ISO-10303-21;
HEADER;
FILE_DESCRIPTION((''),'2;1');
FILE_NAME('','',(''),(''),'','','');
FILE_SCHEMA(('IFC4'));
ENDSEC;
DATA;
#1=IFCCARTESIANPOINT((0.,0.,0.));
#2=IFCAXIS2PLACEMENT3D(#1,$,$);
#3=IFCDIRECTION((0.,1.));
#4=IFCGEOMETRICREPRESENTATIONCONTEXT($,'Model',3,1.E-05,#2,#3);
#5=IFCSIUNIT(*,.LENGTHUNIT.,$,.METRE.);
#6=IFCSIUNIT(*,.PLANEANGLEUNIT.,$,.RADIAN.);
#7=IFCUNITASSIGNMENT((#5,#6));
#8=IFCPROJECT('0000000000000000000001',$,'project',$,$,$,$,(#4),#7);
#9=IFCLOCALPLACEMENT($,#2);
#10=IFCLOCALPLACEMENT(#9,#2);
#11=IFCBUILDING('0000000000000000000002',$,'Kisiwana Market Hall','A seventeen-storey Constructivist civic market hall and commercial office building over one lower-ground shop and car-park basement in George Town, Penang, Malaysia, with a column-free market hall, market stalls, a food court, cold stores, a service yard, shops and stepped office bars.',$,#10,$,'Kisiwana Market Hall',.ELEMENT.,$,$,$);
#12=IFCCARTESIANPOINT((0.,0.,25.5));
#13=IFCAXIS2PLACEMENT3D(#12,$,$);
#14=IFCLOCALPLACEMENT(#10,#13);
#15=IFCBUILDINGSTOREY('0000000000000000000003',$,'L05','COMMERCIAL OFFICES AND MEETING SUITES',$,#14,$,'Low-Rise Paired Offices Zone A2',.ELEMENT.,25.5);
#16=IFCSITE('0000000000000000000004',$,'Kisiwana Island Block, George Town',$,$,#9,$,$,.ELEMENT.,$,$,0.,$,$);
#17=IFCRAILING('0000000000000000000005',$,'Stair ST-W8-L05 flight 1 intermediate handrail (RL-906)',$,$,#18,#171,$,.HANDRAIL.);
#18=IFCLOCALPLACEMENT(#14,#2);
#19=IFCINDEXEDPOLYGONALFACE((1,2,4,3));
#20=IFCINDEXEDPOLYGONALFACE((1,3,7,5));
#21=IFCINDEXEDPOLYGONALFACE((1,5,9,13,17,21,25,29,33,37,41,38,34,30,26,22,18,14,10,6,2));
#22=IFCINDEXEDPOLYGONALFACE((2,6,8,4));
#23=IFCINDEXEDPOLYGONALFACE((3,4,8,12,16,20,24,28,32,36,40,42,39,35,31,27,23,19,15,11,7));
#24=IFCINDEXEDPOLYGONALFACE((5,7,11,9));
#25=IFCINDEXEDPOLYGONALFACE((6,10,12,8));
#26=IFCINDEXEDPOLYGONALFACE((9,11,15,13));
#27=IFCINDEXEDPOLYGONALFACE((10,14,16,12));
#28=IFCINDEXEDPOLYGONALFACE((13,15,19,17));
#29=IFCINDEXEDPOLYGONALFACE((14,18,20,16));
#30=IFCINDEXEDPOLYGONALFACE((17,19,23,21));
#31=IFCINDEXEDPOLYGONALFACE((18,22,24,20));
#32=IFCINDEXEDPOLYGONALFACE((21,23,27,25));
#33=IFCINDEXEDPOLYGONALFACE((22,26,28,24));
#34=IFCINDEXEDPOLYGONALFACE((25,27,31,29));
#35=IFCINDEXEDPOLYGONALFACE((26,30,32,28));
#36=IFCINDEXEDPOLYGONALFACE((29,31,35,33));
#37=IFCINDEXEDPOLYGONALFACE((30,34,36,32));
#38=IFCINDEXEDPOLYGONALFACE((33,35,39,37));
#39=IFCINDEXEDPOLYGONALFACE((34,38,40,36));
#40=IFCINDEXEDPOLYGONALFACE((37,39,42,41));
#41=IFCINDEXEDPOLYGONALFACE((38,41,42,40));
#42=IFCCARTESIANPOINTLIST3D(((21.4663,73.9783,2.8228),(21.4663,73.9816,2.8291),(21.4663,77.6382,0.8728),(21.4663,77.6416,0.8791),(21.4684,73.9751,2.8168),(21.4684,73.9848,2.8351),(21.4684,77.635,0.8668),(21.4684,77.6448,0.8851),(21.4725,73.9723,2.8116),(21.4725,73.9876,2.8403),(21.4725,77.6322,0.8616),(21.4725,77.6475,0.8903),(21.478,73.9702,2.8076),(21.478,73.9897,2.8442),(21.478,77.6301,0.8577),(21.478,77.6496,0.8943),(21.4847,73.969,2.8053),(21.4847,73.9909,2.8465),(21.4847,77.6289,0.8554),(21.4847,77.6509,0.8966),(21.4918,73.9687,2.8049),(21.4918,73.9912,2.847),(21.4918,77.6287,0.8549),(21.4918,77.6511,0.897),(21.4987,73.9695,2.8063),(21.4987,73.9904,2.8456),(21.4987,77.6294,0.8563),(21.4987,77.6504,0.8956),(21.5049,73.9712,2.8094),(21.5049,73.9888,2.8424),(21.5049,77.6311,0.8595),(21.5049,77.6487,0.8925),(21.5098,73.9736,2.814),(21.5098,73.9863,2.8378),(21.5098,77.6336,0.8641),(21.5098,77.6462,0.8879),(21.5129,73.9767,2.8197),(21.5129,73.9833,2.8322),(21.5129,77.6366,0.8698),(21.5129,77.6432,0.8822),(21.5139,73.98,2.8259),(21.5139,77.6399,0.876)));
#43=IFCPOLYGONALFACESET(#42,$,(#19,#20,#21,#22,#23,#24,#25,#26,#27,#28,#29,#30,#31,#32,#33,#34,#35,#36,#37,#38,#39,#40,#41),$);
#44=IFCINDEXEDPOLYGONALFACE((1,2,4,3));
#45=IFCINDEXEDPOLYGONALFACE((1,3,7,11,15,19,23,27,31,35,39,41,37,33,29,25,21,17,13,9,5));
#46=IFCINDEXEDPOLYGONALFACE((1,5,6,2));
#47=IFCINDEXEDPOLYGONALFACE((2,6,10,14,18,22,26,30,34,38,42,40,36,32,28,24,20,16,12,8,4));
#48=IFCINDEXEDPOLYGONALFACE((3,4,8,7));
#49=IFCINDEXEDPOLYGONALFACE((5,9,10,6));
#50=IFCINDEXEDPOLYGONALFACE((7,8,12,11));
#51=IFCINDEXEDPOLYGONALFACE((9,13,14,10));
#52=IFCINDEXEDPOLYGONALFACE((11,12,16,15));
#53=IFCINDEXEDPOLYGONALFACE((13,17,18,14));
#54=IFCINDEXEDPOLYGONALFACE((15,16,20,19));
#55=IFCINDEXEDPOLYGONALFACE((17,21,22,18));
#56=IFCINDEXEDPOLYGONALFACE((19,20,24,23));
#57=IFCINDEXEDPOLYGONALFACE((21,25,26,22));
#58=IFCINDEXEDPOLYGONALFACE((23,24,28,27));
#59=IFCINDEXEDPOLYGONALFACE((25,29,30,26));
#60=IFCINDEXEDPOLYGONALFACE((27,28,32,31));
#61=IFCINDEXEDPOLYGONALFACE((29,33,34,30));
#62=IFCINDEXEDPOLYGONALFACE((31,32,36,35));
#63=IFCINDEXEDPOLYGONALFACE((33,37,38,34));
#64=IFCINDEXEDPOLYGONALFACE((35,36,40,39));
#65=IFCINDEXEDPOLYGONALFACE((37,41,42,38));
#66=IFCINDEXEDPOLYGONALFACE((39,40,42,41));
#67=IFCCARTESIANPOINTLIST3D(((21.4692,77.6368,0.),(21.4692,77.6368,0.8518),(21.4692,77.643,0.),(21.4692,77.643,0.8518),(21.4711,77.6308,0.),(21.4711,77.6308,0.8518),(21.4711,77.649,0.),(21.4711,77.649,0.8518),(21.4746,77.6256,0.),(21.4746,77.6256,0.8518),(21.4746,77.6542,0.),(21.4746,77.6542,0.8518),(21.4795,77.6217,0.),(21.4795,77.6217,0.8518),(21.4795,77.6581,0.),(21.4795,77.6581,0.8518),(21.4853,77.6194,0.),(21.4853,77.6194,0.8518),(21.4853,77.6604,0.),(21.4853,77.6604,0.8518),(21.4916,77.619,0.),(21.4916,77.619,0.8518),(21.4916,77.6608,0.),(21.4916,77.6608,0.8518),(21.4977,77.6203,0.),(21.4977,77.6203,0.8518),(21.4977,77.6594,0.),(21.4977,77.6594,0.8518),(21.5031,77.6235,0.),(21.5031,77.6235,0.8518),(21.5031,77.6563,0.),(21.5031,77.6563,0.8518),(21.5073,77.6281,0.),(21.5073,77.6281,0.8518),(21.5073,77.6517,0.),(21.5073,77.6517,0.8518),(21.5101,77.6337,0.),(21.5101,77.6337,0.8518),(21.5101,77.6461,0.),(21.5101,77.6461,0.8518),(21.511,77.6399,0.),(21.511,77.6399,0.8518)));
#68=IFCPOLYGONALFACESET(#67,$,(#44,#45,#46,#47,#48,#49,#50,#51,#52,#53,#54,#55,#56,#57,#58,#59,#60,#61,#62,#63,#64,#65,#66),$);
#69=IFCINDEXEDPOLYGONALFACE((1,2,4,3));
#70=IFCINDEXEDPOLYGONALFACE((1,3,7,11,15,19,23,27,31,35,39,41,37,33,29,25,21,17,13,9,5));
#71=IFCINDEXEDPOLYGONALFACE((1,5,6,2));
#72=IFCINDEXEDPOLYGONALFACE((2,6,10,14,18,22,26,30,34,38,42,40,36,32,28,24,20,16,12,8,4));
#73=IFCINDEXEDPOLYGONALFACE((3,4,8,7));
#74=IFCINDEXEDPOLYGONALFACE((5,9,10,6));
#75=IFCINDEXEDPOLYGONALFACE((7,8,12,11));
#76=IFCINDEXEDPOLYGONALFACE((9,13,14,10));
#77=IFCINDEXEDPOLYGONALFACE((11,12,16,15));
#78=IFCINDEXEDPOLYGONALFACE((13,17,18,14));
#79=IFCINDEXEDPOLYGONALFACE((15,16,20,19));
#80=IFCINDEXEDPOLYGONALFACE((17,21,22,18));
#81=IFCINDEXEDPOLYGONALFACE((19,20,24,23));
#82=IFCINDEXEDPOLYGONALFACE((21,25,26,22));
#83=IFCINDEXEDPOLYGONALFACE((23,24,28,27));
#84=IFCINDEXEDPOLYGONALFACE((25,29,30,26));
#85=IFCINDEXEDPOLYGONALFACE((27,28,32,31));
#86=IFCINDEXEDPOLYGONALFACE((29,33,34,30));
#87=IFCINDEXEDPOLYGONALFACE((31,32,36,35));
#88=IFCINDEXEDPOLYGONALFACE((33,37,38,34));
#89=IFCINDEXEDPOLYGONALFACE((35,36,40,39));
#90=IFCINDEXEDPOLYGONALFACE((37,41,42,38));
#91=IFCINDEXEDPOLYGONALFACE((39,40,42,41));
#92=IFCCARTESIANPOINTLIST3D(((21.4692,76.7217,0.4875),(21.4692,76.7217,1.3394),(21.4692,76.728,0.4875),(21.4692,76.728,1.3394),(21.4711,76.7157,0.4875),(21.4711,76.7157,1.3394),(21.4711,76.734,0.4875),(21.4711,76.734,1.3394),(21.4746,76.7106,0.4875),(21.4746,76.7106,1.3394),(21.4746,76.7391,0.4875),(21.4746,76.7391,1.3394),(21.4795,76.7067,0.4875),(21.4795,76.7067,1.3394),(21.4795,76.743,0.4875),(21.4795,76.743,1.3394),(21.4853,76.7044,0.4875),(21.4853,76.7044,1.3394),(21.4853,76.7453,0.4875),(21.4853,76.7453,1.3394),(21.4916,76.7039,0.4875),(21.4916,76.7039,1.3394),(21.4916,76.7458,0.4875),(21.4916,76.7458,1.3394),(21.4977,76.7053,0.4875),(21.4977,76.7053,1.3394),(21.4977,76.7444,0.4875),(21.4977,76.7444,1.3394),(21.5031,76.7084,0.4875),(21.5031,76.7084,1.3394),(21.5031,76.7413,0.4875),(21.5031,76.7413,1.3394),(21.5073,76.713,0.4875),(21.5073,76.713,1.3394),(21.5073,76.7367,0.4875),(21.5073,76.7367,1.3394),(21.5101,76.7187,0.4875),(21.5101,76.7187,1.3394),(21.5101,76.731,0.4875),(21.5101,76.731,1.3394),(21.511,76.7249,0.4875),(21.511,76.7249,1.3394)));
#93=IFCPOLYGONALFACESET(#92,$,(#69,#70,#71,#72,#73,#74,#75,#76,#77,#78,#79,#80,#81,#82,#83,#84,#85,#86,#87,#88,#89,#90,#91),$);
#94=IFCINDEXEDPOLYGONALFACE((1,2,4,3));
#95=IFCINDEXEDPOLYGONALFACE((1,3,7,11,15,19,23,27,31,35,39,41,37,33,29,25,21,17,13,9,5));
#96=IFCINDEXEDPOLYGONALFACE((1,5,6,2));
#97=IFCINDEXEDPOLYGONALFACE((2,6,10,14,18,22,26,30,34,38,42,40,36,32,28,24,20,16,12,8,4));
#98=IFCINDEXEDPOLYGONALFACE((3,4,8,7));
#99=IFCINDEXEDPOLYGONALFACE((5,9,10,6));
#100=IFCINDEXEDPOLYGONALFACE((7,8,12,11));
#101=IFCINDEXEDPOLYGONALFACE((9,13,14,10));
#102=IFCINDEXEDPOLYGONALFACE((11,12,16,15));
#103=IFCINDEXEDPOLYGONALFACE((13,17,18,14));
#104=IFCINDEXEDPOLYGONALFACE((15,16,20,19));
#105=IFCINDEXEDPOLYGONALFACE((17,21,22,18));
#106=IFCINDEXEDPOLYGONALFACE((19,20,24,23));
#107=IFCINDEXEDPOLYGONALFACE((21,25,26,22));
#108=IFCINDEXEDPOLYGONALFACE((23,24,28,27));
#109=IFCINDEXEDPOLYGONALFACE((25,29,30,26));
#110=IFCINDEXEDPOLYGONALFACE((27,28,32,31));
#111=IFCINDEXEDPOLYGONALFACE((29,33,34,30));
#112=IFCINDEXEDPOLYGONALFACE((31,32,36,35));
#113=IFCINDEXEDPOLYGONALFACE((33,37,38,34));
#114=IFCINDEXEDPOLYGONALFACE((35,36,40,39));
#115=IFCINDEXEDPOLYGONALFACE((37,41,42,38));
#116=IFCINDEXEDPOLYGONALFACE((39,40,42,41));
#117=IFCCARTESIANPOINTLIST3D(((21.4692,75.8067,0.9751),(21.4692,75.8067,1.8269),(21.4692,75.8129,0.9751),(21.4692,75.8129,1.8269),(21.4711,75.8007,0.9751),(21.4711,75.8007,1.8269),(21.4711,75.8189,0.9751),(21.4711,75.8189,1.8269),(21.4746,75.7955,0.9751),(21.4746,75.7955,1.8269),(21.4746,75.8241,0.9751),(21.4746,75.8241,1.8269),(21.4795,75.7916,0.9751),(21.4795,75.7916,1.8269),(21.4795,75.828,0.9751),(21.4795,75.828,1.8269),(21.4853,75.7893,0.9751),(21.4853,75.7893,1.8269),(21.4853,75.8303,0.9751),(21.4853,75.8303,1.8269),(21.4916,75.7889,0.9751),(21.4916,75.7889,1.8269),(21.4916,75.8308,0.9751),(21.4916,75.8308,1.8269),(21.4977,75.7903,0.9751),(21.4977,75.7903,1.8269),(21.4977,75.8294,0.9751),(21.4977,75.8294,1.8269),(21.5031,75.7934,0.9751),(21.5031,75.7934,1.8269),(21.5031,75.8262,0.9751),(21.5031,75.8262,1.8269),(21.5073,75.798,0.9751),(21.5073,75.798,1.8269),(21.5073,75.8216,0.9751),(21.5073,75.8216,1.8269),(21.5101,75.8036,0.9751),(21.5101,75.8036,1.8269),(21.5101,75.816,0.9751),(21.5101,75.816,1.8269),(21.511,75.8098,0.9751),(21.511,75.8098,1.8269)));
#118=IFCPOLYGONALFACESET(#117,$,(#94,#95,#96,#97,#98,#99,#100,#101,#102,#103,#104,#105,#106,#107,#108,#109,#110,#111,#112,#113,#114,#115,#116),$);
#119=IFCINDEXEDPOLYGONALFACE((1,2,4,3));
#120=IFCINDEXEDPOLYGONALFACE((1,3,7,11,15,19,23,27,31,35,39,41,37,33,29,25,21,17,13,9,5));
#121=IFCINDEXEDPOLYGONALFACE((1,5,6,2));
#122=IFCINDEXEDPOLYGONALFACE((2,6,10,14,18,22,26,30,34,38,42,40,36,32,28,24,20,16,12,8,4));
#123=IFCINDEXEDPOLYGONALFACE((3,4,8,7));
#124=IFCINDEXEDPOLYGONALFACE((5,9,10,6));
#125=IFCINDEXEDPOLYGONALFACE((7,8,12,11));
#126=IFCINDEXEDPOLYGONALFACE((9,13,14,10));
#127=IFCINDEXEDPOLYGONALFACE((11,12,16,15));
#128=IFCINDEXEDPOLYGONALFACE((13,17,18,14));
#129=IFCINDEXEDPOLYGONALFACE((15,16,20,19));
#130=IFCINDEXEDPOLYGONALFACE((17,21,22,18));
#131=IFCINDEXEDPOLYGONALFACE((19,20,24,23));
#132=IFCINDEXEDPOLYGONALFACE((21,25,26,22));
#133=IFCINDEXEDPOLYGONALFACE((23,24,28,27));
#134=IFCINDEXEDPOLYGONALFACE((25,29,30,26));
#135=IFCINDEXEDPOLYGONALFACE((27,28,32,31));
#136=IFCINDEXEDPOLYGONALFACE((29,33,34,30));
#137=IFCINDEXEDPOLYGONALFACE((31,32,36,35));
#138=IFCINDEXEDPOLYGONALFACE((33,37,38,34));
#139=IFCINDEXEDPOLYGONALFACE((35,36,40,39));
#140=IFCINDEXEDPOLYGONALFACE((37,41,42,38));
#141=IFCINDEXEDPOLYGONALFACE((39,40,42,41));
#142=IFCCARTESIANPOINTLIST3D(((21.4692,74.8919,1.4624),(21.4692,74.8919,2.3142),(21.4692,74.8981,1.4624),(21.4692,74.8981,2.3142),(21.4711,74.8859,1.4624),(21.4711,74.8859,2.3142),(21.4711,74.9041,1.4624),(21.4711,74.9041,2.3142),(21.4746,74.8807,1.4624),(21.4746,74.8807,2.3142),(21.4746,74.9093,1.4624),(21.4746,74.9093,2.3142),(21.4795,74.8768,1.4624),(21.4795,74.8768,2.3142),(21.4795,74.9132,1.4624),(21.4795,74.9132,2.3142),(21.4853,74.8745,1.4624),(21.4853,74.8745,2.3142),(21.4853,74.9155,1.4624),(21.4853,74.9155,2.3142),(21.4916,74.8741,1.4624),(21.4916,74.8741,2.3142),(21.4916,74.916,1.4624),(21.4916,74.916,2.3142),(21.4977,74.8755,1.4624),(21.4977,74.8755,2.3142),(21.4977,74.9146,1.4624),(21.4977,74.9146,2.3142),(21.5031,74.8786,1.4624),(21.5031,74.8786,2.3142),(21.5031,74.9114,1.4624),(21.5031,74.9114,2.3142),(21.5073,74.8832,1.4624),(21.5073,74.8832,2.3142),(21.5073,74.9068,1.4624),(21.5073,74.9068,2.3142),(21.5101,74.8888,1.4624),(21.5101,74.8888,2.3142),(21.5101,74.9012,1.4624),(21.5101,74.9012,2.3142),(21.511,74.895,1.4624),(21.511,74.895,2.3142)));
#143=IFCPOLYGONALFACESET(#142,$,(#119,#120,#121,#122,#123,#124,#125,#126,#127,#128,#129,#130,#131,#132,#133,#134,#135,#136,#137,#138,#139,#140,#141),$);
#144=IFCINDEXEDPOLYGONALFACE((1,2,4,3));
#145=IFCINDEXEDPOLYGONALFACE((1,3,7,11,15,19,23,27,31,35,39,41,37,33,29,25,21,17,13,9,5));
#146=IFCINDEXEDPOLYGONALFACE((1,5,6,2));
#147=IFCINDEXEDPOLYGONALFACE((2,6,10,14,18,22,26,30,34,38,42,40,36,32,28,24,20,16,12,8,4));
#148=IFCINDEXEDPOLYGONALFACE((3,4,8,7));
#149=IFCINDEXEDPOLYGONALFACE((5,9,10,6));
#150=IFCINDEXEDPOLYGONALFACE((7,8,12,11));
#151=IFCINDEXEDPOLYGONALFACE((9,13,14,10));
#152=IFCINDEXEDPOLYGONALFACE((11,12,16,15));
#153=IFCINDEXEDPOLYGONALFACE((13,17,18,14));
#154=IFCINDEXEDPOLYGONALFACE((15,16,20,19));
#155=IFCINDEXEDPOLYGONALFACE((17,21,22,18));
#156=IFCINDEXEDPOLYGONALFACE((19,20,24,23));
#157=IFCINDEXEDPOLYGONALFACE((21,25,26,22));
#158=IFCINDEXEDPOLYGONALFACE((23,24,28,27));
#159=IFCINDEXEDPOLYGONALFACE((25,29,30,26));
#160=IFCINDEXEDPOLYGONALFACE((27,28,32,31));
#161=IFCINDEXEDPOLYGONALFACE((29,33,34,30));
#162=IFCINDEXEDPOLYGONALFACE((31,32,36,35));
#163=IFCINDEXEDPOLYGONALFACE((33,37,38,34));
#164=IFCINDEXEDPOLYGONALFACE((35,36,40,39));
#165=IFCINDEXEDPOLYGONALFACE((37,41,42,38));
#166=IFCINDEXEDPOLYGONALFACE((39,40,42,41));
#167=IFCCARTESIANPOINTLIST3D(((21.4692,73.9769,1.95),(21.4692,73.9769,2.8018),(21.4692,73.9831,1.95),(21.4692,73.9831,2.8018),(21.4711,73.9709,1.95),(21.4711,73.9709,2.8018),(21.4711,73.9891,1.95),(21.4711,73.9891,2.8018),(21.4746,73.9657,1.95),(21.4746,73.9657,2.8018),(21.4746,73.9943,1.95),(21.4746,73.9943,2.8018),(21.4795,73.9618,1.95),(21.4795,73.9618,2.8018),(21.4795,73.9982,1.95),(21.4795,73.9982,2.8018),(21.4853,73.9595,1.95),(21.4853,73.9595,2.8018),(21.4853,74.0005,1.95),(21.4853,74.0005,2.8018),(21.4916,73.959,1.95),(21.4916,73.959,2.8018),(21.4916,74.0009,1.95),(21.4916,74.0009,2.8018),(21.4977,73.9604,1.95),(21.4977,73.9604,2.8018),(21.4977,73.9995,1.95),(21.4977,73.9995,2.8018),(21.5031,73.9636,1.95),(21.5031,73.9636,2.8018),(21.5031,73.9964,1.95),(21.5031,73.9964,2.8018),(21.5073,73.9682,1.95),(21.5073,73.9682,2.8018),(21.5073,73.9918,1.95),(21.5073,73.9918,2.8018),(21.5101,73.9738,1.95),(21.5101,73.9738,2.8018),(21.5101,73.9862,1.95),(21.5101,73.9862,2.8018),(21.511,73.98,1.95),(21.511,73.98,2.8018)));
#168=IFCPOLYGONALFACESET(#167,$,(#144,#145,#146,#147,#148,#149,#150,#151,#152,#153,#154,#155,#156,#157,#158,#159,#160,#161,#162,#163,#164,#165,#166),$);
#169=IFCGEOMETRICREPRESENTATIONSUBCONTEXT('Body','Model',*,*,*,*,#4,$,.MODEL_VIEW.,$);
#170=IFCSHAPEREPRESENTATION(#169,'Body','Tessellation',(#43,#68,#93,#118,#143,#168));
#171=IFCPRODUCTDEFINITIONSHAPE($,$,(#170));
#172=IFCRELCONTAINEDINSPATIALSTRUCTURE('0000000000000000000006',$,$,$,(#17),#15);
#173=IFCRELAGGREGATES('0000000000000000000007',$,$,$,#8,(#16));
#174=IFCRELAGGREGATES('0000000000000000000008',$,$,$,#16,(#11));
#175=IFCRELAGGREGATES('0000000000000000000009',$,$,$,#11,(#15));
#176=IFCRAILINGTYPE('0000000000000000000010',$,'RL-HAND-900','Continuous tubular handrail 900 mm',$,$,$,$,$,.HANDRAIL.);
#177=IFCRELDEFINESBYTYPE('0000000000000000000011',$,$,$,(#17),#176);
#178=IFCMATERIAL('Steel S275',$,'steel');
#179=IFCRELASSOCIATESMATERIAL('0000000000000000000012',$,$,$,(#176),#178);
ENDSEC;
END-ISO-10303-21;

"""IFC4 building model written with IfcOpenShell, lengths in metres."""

from ifc_helpers import new_model, si_unit, direction, frame, origin, origin_2d, place, context, subcontext, project, spatial, circle, extrude, material, type_object, element, save


model = new_model("IFC4")

# Units and contexts
model_context = context("Model", 3, precision=1e-05, world=origin(), true_north=direction((0.0, 1.0)))
body_context = subcontext(model_context, "Body", "Model", "MODEL_VIEW")
ifc_project = project(units=[si_unit("LENGTHUNIT", "METRE"), si_unit("PLANEANGLEUNIT", "RADIAN")], contexts=[model_context])

# Site, building, storey
site_placement = place(None, origin())
site = spatial("IfcSite", under=ifc_project, at=site_placement, Name="Kisiwana Island Block, George Town", CompositionType="ELEMENT", RefElevation=0.0)
building_placement = place(site_placement, origin())
building = spatial("IfcBuilding", under=site, at=building_placement, Name="Kisiwana Market Hall", Description="A seventeen-storey Constructivist civic market hall and commercial office building over one lower-ground shop and car-park basement in George Town, Penang, Malaysia, with a column-free market hall, market stalls, a food court, cold stores, a service yard, shops and stepped office bars.", LongName="Kisiwana Market Hall", CompositionType="ELEMENT")
storey_placement = place(building_placement, frame((0.0, 0.0, 25.5)))
storey = spatial("IfcBuildingStorey", under=building, at=storey_placement, Name="L05", Description="COMMERCIAL OFFICES AND MEETING SUITES", LongName="Low-Rise Paired Offices Zone A2", CompositionType="ELEMENT", Elevation=25.5)

# Railing
ifc_material_1 = material(Name="Steel S275", Category="steel")
railing_type_1 = type_object("IfcRailingType", Name="RL-HAND-900", Description="Continuous tubular handrail 900 mm", PredefinedType="HANDRAIL", material=ifc_material_1)
for number, where, name in (
    (1, (21.49, 77.6399, 0.0), "Stair ST-W8-L05 flight 1 intermediate handrail (RL-906)"),
):
    element("IfcRailing", number, at=place(storey_placement, frame(where)), inside=storey, type_object=railing_type_1, Name=name, PredefinedType="HANDRAIL", context=body_context, shape_type="SweptSolid", body=[
        extrude(circle(Radius=0.0239, at=origin_2d()), frame((0.0, 0.0, 0.876), z_axis=(0.0, -0.882553, 0.470212), x_axis=(1.0, 0.0, 0.0)), (0.0, 0.0, 1.0), 4.147),
        extrude(circle(Radius=0.021, at=origin_2d()), origin(), (0.0, 0.0, 1.0), 0.8518),
        extrude(circle(Radius=0.021, at=origin_2d()), frame((0.0, -0.915, 0.4875)), (0.0, 0.0, 1.0), 0.8518),
        extrude(circle(Radius=0.021, at=origin_2d()), frame((0.0, -1.8301, 0.9751)), (0.0, 0.0, 1.0), 0.8518),
        extrude(circle(Radius=0.021, at=origin_2d()), frame((0.0, -2.7449, 1.4624)), (0.0, 0.0, 1.0), 0.8518),
        extrude(circle(Radius=0.021, at=origin_2d()), frame((0.0, -3.6599, 1.95)), (0.0, 0.0, 1.0), 0.8518),
    ])

save(model, "model.ifc")
